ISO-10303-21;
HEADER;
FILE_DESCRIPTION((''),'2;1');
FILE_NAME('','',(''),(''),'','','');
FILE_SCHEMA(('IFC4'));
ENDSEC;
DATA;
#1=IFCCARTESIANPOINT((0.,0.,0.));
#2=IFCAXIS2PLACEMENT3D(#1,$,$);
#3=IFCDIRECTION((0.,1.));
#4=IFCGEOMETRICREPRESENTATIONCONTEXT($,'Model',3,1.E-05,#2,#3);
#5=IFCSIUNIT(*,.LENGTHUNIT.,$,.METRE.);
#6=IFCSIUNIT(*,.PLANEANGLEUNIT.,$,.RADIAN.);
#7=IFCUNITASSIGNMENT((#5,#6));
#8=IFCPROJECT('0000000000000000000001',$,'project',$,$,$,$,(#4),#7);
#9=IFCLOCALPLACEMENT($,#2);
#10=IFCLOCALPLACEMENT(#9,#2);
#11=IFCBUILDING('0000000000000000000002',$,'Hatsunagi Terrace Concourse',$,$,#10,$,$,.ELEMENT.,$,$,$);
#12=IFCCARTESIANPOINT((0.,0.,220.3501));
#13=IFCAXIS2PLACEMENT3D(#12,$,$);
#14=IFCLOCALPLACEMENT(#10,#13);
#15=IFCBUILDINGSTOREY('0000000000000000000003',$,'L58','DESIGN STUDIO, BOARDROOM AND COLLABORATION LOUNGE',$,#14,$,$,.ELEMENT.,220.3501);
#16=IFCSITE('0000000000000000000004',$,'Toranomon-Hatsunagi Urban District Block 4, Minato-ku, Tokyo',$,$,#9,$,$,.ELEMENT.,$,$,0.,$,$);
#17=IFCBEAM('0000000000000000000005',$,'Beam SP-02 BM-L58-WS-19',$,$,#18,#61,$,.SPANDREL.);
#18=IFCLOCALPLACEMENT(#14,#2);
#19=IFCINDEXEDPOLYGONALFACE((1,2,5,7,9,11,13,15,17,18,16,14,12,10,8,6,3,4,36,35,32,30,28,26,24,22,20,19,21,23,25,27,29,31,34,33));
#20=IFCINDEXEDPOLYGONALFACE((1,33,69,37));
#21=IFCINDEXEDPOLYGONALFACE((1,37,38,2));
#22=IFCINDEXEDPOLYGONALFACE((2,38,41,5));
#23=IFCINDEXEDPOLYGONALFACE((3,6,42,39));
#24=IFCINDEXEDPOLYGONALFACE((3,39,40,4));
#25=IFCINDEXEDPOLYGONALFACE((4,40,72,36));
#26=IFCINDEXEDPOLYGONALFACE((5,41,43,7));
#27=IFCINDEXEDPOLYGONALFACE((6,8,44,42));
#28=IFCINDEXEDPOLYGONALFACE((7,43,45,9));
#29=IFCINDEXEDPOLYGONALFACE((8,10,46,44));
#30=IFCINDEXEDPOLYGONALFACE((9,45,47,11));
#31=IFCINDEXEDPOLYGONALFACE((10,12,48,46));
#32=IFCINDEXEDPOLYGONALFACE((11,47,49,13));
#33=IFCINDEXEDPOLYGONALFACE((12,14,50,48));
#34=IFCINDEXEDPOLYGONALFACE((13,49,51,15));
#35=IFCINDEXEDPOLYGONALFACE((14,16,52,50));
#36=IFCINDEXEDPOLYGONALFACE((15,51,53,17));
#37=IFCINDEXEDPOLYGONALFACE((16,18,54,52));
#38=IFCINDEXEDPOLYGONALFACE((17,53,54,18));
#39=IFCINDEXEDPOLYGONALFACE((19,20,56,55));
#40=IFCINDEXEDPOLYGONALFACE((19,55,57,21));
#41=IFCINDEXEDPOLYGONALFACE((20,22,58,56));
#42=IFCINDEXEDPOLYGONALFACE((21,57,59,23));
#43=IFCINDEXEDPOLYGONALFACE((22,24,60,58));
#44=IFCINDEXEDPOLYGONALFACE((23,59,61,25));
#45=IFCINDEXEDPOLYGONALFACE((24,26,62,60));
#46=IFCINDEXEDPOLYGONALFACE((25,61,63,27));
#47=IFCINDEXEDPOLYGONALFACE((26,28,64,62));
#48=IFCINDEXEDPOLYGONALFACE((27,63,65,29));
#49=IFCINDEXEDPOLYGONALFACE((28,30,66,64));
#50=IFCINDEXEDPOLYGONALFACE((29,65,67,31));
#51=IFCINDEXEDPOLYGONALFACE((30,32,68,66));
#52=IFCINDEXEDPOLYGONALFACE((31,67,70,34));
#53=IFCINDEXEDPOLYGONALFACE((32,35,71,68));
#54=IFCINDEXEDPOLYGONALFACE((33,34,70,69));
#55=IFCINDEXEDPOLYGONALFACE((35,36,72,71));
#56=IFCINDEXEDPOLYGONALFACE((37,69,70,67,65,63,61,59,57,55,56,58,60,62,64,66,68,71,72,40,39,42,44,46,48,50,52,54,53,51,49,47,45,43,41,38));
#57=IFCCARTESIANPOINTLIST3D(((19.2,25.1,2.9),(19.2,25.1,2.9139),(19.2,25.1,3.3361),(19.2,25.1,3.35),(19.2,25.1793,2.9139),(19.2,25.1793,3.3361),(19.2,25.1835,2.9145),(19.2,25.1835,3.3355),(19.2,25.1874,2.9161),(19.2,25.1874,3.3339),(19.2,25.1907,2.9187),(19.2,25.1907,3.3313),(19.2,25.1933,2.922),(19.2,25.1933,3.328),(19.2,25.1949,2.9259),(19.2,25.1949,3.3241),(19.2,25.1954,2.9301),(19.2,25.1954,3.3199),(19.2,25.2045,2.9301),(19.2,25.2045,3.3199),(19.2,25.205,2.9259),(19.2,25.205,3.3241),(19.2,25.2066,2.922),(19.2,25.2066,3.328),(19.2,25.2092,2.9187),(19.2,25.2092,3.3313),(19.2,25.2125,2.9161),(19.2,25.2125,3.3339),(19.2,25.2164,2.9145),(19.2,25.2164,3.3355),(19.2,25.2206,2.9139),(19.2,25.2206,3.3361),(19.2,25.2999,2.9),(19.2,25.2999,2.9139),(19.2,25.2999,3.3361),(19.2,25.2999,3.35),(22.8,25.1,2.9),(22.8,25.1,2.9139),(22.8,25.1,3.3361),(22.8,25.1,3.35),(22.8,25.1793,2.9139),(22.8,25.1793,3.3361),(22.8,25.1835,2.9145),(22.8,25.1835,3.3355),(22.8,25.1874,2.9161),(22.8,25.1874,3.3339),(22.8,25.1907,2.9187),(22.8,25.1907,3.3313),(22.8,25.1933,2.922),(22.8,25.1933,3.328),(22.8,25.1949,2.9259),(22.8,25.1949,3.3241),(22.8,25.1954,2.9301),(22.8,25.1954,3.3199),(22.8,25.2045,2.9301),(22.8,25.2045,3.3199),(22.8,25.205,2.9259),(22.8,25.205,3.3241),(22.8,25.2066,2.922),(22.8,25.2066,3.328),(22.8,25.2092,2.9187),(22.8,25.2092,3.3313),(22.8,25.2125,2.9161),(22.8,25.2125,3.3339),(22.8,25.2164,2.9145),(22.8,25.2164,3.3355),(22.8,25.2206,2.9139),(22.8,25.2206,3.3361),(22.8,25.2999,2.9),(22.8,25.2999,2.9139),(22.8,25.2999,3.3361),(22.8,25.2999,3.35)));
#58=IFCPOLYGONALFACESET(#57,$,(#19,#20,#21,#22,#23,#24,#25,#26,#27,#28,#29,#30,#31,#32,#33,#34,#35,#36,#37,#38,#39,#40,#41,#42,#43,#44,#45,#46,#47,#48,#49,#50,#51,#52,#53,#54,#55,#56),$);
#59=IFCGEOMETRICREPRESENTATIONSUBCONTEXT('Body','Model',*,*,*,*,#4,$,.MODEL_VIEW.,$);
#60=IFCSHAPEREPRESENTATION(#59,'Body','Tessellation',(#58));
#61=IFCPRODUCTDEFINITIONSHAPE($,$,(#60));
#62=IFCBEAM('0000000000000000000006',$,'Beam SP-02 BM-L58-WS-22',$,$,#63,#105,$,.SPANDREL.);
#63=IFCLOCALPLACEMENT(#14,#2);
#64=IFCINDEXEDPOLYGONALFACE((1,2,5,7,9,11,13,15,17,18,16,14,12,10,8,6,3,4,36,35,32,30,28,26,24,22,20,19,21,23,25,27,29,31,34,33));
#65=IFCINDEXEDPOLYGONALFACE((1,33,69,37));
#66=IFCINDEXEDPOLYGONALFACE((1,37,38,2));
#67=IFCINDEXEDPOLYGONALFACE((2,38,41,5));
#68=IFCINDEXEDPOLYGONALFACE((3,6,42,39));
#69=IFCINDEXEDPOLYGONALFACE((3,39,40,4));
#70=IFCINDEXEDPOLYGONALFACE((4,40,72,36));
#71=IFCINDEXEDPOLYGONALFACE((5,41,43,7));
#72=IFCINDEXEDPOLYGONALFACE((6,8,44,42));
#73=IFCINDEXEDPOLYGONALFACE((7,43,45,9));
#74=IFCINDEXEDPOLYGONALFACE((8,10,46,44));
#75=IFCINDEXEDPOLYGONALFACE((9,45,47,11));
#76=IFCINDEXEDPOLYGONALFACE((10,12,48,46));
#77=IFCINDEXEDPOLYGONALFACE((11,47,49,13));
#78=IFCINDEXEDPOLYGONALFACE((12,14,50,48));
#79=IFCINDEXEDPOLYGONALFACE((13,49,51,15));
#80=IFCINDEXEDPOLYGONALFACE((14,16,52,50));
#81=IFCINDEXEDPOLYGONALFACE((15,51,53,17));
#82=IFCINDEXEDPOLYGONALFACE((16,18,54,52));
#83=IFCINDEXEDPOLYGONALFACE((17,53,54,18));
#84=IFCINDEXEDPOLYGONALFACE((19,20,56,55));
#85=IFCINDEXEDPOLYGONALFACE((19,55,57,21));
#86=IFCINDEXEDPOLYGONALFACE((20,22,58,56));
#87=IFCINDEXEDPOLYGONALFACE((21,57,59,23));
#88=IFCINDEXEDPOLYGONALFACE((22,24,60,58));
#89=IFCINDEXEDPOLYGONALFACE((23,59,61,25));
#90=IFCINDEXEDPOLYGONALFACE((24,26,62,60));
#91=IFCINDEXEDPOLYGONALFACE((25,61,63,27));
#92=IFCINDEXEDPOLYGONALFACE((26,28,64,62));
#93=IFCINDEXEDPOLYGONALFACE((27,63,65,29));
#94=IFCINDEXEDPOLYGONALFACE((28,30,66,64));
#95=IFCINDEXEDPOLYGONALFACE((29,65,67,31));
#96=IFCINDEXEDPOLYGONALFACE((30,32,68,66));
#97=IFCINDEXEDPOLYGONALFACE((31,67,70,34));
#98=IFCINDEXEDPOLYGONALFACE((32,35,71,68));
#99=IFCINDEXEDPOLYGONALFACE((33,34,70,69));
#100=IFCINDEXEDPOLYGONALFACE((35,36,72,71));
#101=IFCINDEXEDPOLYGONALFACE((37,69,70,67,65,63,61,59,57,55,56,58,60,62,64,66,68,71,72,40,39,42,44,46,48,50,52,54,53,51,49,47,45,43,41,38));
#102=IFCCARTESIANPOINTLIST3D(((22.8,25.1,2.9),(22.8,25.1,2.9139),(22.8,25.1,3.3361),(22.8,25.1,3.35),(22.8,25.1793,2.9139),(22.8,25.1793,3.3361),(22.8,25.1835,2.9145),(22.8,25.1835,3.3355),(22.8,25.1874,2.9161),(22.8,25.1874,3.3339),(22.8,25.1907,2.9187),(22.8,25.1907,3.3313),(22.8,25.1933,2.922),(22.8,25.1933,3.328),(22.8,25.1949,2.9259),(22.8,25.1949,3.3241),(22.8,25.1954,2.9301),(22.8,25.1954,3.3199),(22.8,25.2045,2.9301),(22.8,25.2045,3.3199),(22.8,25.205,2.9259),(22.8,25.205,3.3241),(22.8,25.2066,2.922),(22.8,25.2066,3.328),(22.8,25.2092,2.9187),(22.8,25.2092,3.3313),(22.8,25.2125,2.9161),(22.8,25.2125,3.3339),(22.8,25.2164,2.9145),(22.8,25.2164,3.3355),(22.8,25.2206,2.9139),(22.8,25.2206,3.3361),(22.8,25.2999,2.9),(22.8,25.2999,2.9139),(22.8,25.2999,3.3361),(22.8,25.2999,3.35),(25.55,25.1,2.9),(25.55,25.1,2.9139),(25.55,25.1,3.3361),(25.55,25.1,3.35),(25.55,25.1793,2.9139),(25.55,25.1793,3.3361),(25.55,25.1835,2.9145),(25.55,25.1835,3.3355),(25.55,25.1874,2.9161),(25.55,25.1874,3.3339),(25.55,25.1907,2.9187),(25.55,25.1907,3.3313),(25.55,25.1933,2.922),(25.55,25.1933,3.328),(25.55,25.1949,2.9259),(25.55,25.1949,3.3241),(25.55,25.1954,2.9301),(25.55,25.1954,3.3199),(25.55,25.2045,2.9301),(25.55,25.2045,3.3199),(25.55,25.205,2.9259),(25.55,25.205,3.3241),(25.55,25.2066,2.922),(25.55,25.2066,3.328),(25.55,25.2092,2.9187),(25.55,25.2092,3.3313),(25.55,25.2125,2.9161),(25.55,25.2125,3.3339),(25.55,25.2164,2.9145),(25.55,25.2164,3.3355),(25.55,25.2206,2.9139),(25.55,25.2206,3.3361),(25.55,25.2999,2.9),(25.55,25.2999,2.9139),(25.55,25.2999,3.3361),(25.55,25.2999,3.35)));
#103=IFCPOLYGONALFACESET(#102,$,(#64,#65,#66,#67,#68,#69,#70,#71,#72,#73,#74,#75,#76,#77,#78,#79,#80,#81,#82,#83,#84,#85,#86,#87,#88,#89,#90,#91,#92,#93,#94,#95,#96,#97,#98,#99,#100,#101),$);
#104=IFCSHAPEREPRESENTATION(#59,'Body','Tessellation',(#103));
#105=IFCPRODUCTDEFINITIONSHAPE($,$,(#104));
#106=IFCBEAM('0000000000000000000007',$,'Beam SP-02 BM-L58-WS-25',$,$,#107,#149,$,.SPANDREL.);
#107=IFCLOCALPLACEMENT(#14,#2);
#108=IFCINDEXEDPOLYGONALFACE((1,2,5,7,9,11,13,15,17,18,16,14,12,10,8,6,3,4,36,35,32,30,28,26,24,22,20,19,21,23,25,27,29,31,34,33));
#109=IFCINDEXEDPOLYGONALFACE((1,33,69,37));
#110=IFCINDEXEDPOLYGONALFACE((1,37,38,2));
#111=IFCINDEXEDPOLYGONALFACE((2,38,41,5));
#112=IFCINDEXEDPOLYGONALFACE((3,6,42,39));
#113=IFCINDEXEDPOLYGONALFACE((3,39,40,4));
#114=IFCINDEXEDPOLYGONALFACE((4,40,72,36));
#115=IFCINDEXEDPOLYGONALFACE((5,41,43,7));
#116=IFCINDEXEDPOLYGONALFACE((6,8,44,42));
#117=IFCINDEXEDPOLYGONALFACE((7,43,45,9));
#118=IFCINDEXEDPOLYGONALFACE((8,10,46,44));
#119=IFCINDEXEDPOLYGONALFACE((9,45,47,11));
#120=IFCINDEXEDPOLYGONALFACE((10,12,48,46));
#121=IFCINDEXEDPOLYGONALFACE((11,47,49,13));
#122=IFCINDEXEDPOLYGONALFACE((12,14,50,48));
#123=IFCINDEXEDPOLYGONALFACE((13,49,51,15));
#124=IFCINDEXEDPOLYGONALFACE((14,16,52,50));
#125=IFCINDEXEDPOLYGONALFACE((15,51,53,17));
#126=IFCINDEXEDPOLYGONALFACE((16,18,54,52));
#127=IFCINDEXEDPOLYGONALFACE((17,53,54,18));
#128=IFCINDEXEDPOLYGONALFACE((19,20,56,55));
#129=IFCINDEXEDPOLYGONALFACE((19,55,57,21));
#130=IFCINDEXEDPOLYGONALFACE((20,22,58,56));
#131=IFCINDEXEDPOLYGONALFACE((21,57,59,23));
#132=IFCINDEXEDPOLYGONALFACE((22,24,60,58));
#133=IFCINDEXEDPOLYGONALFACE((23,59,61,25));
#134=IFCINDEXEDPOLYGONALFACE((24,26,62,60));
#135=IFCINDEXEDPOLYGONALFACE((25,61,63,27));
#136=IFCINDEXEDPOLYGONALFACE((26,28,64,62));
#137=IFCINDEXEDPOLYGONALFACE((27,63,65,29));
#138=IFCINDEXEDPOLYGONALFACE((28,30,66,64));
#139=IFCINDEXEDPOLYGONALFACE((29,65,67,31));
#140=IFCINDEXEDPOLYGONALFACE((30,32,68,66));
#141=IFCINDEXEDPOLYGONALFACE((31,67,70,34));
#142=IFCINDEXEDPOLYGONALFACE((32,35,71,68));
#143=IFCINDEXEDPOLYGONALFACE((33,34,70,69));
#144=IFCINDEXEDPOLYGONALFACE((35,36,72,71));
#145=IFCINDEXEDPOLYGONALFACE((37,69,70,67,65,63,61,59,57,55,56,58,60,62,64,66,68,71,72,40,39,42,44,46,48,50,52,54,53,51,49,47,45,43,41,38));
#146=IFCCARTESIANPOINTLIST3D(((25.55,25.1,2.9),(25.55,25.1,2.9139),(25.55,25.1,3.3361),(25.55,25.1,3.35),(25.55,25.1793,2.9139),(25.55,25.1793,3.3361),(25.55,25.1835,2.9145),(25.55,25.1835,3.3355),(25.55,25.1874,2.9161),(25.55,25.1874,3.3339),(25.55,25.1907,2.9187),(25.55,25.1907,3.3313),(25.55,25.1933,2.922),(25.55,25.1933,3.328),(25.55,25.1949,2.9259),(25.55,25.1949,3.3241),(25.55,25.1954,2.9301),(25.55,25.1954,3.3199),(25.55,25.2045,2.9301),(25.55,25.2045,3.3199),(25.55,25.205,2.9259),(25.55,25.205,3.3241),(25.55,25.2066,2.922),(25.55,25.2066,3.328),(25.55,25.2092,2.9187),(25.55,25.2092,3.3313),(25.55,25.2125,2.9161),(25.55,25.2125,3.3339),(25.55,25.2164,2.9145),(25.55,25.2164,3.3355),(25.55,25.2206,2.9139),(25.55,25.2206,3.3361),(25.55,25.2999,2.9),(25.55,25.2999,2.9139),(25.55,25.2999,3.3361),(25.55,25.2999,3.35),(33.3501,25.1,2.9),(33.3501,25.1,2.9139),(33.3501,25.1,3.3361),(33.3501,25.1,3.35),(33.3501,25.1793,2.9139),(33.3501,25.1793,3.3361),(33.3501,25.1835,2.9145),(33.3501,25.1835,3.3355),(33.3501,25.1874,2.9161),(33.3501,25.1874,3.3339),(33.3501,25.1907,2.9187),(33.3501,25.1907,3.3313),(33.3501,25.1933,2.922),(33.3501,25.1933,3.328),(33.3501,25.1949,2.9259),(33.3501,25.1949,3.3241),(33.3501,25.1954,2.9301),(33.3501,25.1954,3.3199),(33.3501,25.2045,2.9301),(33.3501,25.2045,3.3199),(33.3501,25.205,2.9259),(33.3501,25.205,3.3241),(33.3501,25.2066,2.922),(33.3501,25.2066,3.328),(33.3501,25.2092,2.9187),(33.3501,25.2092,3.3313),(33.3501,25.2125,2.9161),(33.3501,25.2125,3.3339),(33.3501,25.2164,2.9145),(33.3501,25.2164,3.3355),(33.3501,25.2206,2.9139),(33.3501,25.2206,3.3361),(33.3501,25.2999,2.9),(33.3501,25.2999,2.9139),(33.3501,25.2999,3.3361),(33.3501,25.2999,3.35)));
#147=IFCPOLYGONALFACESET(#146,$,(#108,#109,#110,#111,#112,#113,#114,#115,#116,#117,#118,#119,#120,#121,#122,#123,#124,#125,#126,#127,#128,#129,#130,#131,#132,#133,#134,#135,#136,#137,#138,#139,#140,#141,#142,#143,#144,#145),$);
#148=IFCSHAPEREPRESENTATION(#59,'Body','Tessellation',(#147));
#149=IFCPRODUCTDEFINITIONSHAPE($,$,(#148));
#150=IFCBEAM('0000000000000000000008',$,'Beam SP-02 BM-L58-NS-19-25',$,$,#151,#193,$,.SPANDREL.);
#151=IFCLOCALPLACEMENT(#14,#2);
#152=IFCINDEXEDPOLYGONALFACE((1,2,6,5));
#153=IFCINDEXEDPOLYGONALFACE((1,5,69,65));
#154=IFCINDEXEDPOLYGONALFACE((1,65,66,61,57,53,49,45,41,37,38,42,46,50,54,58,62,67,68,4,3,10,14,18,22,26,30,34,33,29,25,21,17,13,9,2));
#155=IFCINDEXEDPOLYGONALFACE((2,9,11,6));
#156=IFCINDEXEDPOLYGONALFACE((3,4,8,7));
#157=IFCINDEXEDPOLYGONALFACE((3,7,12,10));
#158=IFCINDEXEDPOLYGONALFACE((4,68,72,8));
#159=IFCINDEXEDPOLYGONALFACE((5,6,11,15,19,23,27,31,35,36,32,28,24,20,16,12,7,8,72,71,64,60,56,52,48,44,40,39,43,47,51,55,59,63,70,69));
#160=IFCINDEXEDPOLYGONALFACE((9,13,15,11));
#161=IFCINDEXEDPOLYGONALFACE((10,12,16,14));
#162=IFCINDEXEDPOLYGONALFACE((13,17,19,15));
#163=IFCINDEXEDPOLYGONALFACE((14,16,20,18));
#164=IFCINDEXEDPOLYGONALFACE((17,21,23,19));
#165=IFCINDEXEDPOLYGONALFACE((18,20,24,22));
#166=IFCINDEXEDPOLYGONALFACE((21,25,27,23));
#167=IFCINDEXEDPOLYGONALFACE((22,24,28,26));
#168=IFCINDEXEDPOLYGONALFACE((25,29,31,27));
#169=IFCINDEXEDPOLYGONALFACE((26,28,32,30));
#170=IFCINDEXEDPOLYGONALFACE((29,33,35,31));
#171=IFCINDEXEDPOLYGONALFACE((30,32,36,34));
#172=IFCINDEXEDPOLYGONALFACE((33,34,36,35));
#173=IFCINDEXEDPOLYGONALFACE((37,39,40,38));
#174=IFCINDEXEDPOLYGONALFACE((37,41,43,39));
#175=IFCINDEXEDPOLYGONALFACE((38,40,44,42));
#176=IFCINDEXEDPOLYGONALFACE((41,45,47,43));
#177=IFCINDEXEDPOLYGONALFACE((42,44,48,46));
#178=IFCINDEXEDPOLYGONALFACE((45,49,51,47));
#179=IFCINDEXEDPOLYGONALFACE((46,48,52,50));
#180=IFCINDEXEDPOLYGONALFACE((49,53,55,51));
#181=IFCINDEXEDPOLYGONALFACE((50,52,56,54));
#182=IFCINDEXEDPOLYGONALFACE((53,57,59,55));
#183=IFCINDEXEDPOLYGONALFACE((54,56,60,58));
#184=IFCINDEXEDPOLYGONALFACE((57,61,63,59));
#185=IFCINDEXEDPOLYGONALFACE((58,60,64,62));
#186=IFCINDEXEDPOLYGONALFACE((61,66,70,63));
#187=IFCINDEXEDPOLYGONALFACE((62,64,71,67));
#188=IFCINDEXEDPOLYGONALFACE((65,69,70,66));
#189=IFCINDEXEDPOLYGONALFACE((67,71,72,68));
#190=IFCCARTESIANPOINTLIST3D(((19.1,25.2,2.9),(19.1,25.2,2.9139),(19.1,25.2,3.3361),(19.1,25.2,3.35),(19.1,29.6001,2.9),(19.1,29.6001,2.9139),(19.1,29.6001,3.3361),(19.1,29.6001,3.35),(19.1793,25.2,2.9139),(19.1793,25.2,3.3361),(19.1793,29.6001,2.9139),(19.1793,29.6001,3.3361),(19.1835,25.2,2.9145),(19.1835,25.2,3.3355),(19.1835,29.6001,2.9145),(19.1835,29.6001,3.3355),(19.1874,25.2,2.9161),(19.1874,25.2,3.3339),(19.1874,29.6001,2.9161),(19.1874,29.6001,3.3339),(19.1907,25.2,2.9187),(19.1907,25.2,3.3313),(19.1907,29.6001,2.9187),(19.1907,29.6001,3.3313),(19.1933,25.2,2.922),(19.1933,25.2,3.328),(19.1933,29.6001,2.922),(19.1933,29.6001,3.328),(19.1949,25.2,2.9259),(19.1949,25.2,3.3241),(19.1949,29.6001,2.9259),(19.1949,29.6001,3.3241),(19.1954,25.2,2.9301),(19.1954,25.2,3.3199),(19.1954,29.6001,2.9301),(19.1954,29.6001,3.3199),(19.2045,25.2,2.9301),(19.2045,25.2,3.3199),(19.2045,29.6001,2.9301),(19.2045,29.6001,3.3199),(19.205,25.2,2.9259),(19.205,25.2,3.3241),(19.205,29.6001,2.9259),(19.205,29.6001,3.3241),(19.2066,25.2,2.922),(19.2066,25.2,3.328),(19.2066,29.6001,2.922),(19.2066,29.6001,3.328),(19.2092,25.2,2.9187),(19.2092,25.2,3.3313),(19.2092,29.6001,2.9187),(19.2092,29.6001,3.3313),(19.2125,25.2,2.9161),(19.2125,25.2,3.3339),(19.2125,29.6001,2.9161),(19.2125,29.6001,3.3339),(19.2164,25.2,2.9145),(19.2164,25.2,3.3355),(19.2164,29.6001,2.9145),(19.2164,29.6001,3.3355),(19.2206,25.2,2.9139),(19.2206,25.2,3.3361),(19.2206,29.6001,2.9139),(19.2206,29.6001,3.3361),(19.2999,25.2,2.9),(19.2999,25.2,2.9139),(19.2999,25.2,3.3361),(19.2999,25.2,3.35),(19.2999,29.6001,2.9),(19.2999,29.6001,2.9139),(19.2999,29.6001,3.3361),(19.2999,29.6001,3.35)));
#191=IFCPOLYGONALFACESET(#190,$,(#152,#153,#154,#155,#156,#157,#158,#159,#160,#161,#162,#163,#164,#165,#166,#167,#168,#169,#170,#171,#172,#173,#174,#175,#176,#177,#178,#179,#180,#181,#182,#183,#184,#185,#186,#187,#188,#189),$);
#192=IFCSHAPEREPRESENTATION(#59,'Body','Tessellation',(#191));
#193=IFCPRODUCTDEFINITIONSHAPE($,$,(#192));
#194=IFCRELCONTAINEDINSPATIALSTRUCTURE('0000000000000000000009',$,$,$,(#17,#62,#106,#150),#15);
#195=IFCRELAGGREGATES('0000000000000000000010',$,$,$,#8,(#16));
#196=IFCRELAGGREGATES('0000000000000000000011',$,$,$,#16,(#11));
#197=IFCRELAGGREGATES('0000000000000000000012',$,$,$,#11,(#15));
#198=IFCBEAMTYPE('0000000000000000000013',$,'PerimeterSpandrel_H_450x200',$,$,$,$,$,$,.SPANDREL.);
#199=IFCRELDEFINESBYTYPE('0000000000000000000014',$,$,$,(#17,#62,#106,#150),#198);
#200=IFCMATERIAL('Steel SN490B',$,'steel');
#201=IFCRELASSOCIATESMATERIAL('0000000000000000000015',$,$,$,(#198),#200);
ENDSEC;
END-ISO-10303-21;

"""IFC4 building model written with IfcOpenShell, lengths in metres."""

from ifc_helpers import new_model, si_unit, direction, frame, origin, origin_2d, place, context, subcontext, project, spatial, i_section, extrude, material, material_profile, profile_set, type_object, element, save


model = new_model("IFC4")

# Units and contexts
model_context = context("Model", 3, precision=1e-05, world=origin(), true_north=direction((0.0, 1.0)))
body_context = subcontext(model_context, "Body", "Model", "MODEL_VIEW")
ifc_project = project(units=[si_unit("LENGTHUNIT", "METRE"), si_unit("PLANEANGLEUNIT", "RADIAN")], contexts=[model_context])

# Site, building, storey
site_placement = place(None, origin())
site = spatial("IfcSite", under=ifc_project, at=site_placement, Name="Toranomon-Hatsunagi Urban District Block 4, Minato-ku, Tokyo", CompositionType="ELEMENT", RefElevation=0.0)
building_placement = place(site_placement, origin())
building = spatial("IfcBuilding", under=site, at=building_placement, Name="Hatsunagi Terrace Concourse", CompositionType="ELEMENT")
storey_placement = place(building_placement, frame((0.0, 0.0, 220.3501)))
storey = spatial("IfcBuildingStorey", under=building, at=storey_placement, Name="L58", Description="DESIGN STUDIO, BOARDROOM AND COLLABORATION LOUNGE", CompositionType="ELEMENT", Elevation=220.3501)

# Beams
ifc_material_1 = material(Name="Steel SN490B", Category="steel")
ifc_material_profile_1 = material_profile(ifc_material_1, i_section(OverallWidth=0.2, OverallDepth=0.45, WebThickness=0.009, FlangeThickness=0.0139, FilletRadius=0.0161, at=origin_2d()), Name="H-450x200x9x14")
ifc_profile_set_1 = profile_set([ifc_material_profile_1], Name="Steel SN490B")
beam_type_1 = type_object("IfcBeamType", Name="PerimeterSpandrel_H_450x200", PredefinedType="SPANDREL", material=ifc_profile_set_1)
beam_1_placement = place(storey_placement, frame((19.2, 25.2, 3.125), z_axis=(1.0, 0.0, 0.0), x_axis=(0.0, 1.0, 0.0)))
element("IfcBeam", 1, at=beam_1_placement, inside=storey, type_object=beam_type_1, Name="Beam SP-02 BM-L58-WS-19", PredefinedType="SPANDREL", context=body_context, shape_type="SweptSolid", body=[
    extrude(i_section(OverallWidth=0.2, OverallDepth=0.45, WebThickness=0.009, FlangeThickness=0.0139, FilletRadius=0.0161, at=origin_2d()), origin(), (0.0, 0.0, 1.0), 3.6001),
])
beam_2_placement = place(storey_placement, frame((22.8, 25.2, 3.125), z_axis=(1.0, 0.0, 0.0), x_axis=(0.0, 1.0, 0.0)))
element("IfcBeam", 2, at=beam_2_placement, inside=storey, type_object=beam_type_1, Name="Beam SP-02 BM-L58-WS-22", PredefinedType="SPANDREL", context=body_context, shape_type="SweptSolid", body=[
    extrude(i_section(OverallWidth=0.2, OverallDepth=0.45, WebThickness=0.009, FlangeThickness=0.0139, FilletRadius=0.0161, at=origin_2d()), origin(), (0.0, 0.0, 1.0), 2.75),
])
beam_3_placement = place(storey_placement, frame((25.55, 25.2, 3.125), z_axis=(1.0, 0.0, 0.0), x_axis=(0.0, 1.0, 0.0)))
element("IfcBeam", 3, at=beam_3_placement, inside=storey, type_object=beam_type_1, Name="Beam SP-02 BM-L58-WS-25", PredefinedType="SPANDREL", context=body_context, shape_type="SweptSolid", body=[
    extrude(i_section(OverallWidth=0.2, OverallDepth=0.45, WebThickness=0.009, FlangeThickness=0.0139, FilletRadius=0.0161, at=origin_2d()), origin(), (0.0, 0.0, 1.0), 7.8),
])
beam_4_placement = place(storey_placement, frame((19.2, 25.2, 3.125), z_axis=(0.0, 1.0, 0.0), x_axis=(-1.0, 0.0, 0.0)))
element("IfcBeam", 4, at=beam_4_placement, inside=storey, type_object=beam_type_1, Name="Beam SP-02 BM-L58-NS-19-25", PredefinedType="SPANDREL", context=body_context, shape_type="SweptSolid", body=[
    extrude(i_section(OverallWidth=0.2, OverallDepth=0.45, WebThickness=0.009, FlangeThickness=0.0139, FilletRadius=0.0161, at=origin_2d()), origin(), (0.0, 0.0, 1.0), 4.4001),
])

save(model, "model.ifc")
